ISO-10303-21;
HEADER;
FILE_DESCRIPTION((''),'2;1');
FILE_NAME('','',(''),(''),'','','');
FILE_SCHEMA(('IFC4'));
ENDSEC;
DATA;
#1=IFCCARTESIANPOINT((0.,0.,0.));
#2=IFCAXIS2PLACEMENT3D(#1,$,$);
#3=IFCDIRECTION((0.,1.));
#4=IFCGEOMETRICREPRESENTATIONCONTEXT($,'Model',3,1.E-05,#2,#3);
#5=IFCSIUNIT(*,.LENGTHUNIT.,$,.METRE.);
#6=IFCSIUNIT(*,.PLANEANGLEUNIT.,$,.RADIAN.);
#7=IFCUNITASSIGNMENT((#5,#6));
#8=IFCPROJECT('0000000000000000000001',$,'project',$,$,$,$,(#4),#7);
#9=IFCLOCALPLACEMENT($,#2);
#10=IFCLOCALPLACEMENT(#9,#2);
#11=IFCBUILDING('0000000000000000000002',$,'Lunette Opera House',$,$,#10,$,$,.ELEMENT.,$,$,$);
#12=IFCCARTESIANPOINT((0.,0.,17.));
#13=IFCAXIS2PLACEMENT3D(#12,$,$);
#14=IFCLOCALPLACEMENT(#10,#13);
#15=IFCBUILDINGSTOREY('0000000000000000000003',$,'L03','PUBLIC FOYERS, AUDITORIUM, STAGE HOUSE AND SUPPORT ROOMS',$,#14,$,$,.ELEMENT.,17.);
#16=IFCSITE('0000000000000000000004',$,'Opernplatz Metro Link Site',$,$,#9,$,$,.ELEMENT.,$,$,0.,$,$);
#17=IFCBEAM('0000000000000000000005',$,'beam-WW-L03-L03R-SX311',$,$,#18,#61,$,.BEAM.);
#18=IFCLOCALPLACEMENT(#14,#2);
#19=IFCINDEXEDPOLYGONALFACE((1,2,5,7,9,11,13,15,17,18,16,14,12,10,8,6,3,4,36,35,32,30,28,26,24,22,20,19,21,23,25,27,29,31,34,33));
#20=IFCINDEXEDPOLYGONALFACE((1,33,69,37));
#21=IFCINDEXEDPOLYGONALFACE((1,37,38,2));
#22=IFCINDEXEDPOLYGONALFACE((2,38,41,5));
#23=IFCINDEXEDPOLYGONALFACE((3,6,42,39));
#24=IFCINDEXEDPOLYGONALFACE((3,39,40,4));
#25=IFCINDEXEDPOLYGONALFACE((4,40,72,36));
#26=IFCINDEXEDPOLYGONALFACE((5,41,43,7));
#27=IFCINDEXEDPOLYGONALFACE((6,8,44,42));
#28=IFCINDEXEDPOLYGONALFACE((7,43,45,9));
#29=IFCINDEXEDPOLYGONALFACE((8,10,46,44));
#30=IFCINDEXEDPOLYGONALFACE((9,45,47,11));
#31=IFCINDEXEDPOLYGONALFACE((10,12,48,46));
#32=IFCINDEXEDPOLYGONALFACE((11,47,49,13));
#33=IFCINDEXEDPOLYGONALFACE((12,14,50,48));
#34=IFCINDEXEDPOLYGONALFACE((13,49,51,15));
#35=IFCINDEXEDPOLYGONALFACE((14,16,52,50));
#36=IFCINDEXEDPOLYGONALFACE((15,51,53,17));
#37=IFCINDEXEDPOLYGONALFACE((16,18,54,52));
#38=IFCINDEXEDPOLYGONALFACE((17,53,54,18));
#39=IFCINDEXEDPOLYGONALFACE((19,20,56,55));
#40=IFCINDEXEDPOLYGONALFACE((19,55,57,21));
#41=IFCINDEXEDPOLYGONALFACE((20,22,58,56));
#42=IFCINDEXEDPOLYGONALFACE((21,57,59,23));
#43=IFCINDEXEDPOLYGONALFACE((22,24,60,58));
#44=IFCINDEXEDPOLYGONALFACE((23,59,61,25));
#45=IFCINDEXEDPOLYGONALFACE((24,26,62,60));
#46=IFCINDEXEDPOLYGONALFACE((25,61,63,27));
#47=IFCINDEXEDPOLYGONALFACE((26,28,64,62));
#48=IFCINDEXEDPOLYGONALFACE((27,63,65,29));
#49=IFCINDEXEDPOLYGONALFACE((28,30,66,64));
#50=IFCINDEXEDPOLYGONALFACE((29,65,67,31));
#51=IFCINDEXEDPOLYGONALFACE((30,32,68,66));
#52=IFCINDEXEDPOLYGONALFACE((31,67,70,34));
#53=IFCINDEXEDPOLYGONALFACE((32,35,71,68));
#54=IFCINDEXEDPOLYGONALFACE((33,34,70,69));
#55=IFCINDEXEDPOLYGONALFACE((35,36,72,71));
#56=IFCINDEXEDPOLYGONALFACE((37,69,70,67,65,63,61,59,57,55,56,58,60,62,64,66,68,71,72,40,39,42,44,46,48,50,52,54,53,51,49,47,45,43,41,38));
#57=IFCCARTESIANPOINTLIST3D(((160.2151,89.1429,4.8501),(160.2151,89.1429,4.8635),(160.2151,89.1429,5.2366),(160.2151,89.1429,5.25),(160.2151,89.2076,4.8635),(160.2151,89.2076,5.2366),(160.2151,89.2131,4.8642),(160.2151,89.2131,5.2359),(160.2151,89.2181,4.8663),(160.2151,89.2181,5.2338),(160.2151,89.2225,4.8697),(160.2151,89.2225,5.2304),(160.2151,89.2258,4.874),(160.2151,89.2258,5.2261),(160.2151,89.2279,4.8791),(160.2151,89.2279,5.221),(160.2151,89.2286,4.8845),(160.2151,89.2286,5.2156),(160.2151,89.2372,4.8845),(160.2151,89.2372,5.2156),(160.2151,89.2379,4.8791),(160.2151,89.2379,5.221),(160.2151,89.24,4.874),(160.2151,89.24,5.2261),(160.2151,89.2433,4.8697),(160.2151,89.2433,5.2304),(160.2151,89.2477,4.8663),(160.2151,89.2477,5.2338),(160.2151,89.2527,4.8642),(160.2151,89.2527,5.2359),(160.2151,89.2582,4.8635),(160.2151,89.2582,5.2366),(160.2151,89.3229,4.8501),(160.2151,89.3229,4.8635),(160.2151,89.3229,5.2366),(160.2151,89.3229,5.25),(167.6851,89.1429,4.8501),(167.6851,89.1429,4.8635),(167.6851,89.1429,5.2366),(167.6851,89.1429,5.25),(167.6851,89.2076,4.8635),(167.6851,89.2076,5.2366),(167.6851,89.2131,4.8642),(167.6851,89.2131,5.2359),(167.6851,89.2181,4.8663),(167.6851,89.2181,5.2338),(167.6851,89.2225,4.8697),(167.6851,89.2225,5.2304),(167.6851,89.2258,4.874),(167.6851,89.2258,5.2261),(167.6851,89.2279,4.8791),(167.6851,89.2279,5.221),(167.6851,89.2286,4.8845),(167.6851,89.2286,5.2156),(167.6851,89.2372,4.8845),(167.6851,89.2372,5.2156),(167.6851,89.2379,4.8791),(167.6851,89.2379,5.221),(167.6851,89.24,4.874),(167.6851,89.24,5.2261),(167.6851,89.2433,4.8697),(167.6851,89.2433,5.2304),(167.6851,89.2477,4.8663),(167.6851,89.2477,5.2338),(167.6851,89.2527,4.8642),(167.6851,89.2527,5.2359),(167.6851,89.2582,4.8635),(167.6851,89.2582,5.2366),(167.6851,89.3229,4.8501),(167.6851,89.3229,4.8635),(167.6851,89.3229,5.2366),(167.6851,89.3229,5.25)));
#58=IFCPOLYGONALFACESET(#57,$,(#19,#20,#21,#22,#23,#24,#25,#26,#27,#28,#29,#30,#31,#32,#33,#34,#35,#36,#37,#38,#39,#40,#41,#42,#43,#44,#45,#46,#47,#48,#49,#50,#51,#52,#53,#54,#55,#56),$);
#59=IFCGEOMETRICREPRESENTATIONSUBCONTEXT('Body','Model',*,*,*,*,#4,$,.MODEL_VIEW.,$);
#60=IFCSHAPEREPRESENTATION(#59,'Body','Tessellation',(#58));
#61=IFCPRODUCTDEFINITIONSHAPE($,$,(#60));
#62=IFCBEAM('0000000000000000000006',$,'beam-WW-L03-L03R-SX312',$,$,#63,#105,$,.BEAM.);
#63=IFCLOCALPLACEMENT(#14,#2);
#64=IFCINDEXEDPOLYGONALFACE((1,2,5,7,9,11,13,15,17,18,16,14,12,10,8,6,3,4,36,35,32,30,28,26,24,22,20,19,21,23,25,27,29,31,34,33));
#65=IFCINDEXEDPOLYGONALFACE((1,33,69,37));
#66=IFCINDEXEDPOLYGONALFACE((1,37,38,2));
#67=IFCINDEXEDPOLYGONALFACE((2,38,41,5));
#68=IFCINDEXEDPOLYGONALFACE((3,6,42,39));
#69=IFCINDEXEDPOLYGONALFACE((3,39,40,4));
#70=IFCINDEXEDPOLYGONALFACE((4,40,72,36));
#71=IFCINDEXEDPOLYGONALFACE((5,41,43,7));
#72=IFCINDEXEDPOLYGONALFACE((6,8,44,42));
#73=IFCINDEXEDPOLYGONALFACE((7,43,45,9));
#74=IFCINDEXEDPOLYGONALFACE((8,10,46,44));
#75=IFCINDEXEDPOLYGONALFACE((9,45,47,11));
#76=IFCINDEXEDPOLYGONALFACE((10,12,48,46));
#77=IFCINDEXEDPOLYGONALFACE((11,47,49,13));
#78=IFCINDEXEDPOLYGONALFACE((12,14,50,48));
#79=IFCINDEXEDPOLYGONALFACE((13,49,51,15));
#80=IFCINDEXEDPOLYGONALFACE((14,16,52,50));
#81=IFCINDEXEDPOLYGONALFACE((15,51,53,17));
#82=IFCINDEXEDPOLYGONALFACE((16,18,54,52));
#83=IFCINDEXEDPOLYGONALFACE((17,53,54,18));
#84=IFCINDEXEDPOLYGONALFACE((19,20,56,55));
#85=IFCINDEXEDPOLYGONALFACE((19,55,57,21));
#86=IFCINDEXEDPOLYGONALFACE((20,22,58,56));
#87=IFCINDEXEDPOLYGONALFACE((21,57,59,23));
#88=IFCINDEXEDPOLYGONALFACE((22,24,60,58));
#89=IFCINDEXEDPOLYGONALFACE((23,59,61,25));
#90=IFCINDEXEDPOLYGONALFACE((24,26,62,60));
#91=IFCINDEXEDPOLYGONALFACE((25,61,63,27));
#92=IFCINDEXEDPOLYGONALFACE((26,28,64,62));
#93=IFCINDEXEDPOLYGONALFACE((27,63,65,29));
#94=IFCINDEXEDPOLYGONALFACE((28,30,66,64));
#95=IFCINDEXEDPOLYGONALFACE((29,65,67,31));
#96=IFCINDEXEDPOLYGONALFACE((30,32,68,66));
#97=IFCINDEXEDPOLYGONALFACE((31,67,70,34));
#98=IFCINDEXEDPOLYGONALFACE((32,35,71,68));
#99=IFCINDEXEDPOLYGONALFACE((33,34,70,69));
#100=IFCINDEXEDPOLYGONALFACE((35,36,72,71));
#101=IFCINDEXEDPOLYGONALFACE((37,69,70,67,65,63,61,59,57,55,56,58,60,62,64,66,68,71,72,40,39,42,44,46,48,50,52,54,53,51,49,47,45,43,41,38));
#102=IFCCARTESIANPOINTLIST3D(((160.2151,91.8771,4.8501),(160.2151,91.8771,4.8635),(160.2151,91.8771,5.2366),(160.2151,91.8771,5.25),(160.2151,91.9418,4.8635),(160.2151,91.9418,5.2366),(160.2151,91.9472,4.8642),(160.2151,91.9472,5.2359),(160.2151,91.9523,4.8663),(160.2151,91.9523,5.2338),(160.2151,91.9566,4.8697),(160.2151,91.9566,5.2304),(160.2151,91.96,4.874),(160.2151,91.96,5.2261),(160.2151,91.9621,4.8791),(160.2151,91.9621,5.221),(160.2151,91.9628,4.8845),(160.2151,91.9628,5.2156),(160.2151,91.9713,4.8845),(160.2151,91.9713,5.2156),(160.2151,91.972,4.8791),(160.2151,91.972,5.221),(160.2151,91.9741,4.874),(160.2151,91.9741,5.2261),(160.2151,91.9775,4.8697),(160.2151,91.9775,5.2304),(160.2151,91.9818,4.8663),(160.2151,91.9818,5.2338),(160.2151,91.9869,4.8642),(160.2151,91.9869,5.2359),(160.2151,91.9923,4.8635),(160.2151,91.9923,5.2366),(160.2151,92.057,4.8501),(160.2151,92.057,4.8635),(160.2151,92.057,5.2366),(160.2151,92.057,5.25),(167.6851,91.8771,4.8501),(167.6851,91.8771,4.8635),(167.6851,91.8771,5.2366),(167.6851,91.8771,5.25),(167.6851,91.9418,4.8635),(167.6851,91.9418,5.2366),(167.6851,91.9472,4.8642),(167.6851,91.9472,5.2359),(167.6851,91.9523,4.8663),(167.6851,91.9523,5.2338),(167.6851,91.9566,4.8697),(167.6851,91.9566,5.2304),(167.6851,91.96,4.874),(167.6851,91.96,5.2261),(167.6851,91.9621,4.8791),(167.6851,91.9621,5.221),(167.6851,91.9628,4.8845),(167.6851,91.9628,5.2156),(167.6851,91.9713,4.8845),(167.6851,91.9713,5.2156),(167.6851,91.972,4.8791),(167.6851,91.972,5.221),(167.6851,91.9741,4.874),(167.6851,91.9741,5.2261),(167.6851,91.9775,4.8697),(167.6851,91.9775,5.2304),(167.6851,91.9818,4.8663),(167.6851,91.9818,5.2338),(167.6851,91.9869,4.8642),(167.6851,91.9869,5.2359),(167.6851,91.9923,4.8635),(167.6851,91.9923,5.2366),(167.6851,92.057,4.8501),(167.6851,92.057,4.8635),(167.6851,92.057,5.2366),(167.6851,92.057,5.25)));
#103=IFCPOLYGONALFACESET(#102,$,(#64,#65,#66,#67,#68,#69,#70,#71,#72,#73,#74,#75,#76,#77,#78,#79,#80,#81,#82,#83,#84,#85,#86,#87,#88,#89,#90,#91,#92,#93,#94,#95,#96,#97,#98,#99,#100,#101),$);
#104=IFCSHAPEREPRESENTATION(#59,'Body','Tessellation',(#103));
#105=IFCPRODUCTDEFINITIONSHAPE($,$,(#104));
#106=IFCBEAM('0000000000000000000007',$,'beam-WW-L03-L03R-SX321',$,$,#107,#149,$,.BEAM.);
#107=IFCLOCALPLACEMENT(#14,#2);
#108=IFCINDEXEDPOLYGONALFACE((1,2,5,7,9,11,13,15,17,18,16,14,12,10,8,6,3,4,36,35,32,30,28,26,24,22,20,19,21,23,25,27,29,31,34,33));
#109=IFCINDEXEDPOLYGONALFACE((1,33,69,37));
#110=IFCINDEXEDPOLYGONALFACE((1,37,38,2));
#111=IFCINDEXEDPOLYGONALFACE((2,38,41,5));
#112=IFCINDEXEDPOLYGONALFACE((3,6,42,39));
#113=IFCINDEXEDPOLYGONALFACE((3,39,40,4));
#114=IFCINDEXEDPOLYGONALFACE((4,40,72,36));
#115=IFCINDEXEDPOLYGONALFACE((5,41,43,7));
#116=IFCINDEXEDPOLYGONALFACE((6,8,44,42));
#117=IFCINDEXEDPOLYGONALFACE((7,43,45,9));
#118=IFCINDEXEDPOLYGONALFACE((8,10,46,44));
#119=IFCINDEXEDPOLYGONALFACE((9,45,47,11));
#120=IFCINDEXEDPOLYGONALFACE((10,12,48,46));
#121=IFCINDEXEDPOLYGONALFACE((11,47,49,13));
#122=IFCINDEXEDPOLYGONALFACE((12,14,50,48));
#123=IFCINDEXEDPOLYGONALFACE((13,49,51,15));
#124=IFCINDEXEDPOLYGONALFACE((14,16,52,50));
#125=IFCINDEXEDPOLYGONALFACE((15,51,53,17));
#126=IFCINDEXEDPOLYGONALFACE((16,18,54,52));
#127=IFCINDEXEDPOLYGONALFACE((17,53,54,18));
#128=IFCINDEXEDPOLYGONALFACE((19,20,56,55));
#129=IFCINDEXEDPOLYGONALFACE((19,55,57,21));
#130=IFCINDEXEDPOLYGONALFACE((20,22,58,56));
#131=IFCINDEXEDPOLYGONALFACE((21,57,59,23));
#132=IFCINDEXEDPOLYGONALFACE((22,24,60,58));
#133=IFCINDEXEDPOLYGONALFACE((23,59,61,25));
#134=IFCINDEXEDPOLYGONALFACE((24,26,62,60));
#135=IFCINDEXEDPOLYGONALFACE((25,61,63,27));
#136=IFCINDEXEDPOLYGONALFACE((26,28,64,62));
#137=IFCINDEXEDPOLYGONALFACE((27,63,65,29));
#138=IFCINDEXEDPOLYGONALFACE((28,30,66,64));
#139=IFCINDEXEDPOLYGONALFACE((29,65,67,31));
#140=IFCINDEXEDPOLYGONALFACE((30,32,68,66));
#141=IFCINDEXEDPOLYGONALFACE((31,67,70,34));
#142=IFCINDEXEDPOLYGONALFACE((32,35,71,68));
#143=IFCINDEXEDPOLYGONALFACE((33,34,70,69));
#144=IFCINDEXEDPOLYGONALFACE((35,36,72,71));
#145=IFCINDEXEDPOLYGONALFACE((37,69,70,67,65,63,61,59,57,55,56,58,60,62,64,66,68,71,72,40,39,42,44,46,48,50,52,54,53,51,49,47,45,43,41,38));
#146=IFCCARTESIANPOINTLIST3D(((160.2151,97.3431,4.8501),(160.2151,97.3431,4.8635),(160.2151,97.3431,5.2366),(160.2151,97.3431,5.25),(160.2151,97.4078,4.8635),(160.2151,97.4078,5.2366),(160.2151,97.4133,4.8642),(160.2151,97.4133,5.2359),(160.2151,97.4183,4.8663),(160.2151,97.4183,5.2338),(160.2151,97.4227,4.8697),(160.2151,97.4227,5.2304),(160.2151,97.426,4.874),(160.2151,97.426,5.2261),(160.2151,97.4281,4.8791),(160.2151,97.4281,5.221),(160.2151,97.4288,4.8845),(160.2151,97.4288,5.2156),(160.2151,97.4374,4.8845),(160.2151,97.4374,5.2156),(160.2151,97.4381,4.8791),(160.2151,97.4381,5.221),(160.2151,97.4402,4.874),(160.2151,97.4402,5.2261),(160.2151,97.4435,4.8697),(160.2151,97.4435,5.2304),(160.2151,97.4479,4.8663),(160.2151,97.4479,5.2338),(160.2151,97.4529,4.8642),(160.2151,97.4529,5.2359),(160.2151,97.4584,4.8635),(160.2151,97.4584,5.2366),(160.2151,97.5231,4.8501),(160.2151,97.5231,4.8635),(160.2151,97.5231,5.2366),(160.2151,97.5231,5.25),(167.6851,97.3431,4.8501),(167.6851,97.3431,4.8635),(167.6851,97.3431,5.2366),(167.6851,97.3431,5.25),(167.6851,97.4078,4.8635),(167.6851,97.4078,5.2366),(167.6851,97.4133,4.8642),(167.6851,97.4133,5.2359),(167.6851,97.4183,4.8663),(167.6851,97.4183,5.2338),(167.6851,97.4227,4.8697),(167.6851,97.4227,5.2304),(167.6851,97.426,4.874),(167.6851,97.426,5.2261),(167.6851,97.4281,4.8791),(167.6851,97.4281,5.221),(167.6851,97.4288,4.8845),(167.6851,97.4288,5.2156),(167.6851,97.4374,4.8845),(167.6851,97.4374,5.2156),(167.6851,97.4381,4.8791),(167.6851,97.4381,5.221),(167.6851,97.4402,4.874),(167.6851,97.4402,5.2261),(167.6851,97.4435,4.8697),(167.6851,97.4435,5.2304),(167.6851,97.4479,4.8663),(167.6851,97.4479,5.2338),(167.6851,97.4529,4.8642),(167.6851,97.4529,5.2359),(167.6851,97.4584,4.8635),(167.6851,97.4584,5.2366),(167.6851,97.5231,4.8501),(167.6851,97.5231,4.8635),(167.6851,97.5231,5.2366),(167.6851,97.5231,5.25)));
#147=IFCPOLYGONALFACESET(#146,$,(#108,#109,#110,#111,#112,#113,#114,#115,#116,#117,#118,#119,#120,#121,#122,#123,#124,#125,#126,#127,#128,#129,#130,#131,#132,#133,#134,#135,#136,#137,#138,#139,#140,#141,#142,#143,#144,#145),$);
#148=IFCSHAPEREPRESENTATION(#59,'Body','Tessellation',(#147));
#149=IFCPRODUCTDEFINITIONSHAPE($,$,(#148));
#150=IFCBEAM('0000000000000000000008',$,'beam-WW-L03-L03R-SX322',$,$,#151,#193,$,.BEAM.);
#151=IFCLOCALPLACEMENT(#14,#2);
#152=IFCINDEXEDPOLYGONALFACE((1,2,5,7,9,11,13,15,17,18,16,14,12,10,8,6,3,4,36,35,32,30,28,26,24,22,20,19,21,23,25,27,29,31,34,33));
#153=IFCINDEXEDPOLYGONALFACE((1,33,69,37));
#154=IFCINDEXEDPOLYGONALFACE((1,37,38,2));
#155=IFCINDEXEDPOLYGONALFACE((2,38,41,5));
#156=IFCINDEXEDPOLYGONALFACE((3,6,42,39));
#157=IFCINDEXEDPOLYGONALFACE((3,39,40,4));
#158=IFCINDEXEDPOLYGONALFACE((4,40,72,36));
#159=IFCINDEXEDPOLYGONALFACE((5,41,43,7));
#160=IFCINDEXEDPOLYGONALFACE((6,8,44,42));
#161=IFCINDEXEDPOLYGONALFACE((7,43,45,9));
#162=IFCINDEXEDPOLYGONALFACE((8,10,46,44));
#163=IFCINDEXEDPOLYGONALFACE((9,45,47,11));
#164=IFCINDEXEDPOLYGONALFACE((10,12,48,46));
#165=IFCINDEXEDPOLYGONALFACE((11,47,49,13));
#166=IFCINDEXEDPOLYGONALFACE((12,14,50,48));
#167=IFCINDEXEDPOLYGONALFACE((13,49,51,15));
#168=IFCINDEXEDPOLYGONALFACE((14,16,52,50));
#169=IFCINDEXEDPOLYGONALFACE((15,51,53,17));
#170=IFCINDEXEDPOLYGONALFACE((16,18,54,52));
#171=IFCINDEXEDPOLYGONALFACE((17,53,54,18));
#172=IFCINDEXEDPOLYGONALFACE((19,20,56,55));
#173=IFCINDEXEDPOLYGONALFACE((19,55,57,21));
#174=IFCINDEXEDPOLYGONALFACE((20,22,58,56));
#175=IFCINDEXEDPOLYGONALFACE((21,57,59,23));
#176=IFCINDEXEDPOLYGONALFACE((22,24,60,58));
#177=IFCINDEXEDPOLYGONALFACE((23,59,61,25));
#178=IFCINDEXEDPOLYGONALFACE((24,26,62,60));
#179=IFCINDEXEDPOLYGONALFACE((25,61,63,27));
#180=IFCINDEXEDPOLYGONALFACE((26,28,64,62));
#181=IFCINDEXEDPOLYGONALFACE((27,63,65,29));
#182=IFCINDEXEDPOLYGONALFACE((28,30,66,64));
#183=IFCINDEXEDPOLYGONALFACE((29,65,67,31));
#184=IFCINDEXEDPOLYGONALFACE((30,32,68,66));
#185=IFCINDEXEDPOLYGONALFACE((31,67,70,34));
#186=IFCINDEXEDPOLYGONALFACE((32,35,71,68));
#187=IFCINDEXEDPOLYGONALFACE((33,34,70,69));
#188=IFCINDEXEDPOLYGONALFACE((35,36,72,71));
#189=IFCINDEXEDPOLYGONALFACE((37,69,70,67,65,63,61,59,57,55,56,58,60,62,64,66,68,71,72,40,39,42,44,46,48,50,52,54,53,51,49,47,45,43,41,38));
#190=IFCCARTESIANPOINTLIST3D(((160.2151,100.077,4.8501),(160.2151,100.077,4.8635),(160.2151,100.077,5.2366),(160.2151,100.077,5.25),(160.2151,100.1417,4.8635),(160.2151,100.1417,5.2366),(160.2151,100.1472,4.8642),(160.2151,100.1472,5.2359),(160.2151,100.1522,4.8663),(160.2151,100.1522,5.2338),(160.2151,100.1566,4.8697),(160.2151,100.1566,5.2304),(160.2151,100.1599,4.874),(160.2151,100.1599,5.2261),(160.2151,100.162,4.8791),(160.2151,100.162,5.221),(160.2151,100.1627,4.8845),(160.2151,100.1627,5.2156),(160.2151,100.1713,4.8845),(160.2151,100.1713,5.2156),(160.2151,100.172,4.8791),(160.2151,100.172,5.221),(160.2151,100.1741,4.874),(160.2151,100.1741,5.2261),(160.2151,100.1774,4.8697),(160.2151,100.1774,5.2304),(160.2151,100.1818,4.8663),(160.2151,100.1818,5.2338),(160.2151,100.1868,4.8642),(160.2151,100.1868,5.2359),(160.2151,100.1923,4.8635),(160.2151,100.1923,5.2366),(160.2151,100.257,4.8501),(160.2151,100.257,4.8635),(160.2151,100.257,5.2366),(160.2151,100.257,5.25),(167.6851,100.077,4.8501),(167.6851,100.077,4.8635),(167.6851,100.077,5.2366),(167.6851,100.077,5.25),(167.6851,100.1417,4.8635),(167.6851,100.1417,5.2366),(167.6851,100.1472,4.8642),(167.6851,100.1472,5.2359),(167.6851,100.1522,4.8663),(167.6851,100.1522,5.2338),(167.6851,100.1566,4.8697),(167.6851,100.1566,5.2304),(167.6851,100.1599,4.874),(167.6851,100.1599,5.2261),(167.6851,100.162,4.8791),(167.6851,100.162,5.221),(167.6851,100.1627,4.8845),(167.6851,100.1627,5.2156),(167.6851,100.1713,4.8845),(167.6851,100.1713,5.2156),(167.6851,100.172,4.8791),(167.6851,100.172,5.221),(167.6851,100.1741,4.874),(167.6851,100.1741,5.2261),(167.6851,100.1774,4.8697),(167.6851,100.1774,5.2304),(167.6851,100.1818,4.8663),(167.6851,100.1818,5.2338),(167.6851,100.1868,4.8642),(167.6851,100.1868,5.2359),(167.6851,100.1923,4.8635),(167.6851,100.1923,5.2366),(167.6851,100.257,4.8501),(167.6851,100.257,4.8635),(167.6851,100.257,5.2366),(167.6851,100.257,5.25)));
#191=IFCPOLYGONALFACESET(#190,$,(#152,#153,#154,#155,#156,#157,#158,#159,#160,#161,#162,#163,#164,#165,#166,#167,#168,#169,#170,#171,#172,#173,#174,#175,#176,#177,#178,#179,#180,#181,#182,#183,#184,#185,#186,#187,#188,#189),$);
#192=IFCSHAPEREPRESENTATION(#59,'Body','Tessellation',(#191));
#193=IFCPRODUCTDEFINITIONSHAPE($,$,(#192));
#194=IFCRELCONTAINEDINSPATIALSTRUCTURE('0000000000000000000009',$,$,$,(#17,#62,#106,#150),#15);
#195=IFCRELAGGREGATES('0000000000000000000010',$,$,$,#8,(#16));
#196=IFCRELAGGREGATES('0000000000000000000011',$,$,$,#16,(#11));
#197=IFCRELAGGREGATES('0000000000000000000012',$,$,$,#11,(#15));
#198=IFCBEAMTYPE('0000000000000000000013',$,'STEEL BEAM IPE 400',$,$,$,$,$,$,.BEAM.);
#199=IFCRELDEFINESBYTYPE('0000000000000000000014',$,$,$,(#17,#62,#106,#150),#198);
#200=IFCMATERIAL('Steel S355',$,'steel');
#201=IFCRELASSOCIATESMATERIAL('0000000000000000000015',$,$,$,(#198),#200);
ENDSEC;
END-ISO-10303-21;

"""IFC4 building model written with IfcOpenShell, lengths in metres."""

from ifc_helpers import new_model, si_unit, direction, frame, origin, origin_2d, place, context, subcontext, project, spatial, i_section, extrude, material, material_profile, profile_set, type_object, element, save


model = new_model("IFC4")

# Units and contexts
model_context = context("Model", 3, precision=1e-05, world=origin(), true_north=direction((0.0, 1.0)))
body_context = subcontext(model_context, "Body", "Model", "MODEL_VIEW")
ifc_project = project(units=[si_unit("LENGTHUNIT", "METRE"), si_unit("PLANEANGLEUNIT", "RADIAN")], contexts=[model_context])

# Site, building, storey
site_placement = place(None, origin())
site = spatial("IfcSite", under=ifc_project, at=site_placement, Name="Opernplatz Metro Link Site", CompositionType="ELEMENT", RefElevation=0.0)
building_placement = place(site_placement, origin())
building = spatial("IfcBuilding", under=site, at=building_placement, Name="Lunette Opera House", CompositionType="ELEMENT")
storey_placement = place(building_placement, frame((0.0, 0.0, 17.0)))
storey = spatial("IfcBuildingStorey", under=building, at=storey_placement, Name="L03", Description="PUBLIC FOYERS, AUDITORIUM, STAGE HOUSE AND SUPPORT ROOMS", CompositionType="ELEMENT", Elevation=17.0)

# Beams
ifc_material_1 = material(Name="Steel S355", Category="steel")
ifc_material_profile_1 = material_profile(ifc_material_1, i_section(OverallWidth=0.1799, OverallDepth=0.3999, WebThickness=0.0085, FlangeThickness=0.0134, FilletRadius=0.021, at=origin_2d()), Name="IPE 400")
ifc_profile_set_1 = profile_set([ifc_material_profile_1], Name="Steel S355")
beam_type_1 = type_object("IfcBeamType", Name="STEEL BEAM IPE 400", PredefinedType="BEAM", material=ifc_profile_set_1)
for number, where, z_axis, x_axis, name in (
    (1, (160.2151, 89.2329, 5.05), (1.0, 0.0, 0.0), (0.0, 1.0, 0.0), "beam-WW-L03-L03R-SX311"),
    (2, (160.2151, 91.967, 5.05), (1.0, 0.0, 0.0), (0.0, 1.0, 0.0), "beam-WW-L03-L03R-SX312"),
    (3, (160.2151, 97.4331, 5.05), (1.0, 0.0, 0.0), (0.0, 1.0, 0.0), "beam-WW-L03-L03R-SX321"),
    (4, (160.2151, 100.167, 5.05), (1.0, 0.0, 0.0), (0.0, 1.0, 0.0), "beam-WW-L03-L03R-SX322"),
):
    element("IfcBeam", number, at=place(storey_placement, frame(where, z_axis=z_axis, x_axis=x_axis)), inside=storey, type_object=beam_type_1, Name=name, PredefinedType="BEAM", context=body_context, shape_type="SweptSolid", body=[
        extrude(i_section(OverallWidth=0.1799, OverallDepth=0.3999, WebThickness=0.0085, FlangeThickness=0.0134, FilletRadius=0.021, at=origin_2d()), origin(), (0.0, 0.0, 1.0), 7.47),
    ])

save(model, "model.ifc")
